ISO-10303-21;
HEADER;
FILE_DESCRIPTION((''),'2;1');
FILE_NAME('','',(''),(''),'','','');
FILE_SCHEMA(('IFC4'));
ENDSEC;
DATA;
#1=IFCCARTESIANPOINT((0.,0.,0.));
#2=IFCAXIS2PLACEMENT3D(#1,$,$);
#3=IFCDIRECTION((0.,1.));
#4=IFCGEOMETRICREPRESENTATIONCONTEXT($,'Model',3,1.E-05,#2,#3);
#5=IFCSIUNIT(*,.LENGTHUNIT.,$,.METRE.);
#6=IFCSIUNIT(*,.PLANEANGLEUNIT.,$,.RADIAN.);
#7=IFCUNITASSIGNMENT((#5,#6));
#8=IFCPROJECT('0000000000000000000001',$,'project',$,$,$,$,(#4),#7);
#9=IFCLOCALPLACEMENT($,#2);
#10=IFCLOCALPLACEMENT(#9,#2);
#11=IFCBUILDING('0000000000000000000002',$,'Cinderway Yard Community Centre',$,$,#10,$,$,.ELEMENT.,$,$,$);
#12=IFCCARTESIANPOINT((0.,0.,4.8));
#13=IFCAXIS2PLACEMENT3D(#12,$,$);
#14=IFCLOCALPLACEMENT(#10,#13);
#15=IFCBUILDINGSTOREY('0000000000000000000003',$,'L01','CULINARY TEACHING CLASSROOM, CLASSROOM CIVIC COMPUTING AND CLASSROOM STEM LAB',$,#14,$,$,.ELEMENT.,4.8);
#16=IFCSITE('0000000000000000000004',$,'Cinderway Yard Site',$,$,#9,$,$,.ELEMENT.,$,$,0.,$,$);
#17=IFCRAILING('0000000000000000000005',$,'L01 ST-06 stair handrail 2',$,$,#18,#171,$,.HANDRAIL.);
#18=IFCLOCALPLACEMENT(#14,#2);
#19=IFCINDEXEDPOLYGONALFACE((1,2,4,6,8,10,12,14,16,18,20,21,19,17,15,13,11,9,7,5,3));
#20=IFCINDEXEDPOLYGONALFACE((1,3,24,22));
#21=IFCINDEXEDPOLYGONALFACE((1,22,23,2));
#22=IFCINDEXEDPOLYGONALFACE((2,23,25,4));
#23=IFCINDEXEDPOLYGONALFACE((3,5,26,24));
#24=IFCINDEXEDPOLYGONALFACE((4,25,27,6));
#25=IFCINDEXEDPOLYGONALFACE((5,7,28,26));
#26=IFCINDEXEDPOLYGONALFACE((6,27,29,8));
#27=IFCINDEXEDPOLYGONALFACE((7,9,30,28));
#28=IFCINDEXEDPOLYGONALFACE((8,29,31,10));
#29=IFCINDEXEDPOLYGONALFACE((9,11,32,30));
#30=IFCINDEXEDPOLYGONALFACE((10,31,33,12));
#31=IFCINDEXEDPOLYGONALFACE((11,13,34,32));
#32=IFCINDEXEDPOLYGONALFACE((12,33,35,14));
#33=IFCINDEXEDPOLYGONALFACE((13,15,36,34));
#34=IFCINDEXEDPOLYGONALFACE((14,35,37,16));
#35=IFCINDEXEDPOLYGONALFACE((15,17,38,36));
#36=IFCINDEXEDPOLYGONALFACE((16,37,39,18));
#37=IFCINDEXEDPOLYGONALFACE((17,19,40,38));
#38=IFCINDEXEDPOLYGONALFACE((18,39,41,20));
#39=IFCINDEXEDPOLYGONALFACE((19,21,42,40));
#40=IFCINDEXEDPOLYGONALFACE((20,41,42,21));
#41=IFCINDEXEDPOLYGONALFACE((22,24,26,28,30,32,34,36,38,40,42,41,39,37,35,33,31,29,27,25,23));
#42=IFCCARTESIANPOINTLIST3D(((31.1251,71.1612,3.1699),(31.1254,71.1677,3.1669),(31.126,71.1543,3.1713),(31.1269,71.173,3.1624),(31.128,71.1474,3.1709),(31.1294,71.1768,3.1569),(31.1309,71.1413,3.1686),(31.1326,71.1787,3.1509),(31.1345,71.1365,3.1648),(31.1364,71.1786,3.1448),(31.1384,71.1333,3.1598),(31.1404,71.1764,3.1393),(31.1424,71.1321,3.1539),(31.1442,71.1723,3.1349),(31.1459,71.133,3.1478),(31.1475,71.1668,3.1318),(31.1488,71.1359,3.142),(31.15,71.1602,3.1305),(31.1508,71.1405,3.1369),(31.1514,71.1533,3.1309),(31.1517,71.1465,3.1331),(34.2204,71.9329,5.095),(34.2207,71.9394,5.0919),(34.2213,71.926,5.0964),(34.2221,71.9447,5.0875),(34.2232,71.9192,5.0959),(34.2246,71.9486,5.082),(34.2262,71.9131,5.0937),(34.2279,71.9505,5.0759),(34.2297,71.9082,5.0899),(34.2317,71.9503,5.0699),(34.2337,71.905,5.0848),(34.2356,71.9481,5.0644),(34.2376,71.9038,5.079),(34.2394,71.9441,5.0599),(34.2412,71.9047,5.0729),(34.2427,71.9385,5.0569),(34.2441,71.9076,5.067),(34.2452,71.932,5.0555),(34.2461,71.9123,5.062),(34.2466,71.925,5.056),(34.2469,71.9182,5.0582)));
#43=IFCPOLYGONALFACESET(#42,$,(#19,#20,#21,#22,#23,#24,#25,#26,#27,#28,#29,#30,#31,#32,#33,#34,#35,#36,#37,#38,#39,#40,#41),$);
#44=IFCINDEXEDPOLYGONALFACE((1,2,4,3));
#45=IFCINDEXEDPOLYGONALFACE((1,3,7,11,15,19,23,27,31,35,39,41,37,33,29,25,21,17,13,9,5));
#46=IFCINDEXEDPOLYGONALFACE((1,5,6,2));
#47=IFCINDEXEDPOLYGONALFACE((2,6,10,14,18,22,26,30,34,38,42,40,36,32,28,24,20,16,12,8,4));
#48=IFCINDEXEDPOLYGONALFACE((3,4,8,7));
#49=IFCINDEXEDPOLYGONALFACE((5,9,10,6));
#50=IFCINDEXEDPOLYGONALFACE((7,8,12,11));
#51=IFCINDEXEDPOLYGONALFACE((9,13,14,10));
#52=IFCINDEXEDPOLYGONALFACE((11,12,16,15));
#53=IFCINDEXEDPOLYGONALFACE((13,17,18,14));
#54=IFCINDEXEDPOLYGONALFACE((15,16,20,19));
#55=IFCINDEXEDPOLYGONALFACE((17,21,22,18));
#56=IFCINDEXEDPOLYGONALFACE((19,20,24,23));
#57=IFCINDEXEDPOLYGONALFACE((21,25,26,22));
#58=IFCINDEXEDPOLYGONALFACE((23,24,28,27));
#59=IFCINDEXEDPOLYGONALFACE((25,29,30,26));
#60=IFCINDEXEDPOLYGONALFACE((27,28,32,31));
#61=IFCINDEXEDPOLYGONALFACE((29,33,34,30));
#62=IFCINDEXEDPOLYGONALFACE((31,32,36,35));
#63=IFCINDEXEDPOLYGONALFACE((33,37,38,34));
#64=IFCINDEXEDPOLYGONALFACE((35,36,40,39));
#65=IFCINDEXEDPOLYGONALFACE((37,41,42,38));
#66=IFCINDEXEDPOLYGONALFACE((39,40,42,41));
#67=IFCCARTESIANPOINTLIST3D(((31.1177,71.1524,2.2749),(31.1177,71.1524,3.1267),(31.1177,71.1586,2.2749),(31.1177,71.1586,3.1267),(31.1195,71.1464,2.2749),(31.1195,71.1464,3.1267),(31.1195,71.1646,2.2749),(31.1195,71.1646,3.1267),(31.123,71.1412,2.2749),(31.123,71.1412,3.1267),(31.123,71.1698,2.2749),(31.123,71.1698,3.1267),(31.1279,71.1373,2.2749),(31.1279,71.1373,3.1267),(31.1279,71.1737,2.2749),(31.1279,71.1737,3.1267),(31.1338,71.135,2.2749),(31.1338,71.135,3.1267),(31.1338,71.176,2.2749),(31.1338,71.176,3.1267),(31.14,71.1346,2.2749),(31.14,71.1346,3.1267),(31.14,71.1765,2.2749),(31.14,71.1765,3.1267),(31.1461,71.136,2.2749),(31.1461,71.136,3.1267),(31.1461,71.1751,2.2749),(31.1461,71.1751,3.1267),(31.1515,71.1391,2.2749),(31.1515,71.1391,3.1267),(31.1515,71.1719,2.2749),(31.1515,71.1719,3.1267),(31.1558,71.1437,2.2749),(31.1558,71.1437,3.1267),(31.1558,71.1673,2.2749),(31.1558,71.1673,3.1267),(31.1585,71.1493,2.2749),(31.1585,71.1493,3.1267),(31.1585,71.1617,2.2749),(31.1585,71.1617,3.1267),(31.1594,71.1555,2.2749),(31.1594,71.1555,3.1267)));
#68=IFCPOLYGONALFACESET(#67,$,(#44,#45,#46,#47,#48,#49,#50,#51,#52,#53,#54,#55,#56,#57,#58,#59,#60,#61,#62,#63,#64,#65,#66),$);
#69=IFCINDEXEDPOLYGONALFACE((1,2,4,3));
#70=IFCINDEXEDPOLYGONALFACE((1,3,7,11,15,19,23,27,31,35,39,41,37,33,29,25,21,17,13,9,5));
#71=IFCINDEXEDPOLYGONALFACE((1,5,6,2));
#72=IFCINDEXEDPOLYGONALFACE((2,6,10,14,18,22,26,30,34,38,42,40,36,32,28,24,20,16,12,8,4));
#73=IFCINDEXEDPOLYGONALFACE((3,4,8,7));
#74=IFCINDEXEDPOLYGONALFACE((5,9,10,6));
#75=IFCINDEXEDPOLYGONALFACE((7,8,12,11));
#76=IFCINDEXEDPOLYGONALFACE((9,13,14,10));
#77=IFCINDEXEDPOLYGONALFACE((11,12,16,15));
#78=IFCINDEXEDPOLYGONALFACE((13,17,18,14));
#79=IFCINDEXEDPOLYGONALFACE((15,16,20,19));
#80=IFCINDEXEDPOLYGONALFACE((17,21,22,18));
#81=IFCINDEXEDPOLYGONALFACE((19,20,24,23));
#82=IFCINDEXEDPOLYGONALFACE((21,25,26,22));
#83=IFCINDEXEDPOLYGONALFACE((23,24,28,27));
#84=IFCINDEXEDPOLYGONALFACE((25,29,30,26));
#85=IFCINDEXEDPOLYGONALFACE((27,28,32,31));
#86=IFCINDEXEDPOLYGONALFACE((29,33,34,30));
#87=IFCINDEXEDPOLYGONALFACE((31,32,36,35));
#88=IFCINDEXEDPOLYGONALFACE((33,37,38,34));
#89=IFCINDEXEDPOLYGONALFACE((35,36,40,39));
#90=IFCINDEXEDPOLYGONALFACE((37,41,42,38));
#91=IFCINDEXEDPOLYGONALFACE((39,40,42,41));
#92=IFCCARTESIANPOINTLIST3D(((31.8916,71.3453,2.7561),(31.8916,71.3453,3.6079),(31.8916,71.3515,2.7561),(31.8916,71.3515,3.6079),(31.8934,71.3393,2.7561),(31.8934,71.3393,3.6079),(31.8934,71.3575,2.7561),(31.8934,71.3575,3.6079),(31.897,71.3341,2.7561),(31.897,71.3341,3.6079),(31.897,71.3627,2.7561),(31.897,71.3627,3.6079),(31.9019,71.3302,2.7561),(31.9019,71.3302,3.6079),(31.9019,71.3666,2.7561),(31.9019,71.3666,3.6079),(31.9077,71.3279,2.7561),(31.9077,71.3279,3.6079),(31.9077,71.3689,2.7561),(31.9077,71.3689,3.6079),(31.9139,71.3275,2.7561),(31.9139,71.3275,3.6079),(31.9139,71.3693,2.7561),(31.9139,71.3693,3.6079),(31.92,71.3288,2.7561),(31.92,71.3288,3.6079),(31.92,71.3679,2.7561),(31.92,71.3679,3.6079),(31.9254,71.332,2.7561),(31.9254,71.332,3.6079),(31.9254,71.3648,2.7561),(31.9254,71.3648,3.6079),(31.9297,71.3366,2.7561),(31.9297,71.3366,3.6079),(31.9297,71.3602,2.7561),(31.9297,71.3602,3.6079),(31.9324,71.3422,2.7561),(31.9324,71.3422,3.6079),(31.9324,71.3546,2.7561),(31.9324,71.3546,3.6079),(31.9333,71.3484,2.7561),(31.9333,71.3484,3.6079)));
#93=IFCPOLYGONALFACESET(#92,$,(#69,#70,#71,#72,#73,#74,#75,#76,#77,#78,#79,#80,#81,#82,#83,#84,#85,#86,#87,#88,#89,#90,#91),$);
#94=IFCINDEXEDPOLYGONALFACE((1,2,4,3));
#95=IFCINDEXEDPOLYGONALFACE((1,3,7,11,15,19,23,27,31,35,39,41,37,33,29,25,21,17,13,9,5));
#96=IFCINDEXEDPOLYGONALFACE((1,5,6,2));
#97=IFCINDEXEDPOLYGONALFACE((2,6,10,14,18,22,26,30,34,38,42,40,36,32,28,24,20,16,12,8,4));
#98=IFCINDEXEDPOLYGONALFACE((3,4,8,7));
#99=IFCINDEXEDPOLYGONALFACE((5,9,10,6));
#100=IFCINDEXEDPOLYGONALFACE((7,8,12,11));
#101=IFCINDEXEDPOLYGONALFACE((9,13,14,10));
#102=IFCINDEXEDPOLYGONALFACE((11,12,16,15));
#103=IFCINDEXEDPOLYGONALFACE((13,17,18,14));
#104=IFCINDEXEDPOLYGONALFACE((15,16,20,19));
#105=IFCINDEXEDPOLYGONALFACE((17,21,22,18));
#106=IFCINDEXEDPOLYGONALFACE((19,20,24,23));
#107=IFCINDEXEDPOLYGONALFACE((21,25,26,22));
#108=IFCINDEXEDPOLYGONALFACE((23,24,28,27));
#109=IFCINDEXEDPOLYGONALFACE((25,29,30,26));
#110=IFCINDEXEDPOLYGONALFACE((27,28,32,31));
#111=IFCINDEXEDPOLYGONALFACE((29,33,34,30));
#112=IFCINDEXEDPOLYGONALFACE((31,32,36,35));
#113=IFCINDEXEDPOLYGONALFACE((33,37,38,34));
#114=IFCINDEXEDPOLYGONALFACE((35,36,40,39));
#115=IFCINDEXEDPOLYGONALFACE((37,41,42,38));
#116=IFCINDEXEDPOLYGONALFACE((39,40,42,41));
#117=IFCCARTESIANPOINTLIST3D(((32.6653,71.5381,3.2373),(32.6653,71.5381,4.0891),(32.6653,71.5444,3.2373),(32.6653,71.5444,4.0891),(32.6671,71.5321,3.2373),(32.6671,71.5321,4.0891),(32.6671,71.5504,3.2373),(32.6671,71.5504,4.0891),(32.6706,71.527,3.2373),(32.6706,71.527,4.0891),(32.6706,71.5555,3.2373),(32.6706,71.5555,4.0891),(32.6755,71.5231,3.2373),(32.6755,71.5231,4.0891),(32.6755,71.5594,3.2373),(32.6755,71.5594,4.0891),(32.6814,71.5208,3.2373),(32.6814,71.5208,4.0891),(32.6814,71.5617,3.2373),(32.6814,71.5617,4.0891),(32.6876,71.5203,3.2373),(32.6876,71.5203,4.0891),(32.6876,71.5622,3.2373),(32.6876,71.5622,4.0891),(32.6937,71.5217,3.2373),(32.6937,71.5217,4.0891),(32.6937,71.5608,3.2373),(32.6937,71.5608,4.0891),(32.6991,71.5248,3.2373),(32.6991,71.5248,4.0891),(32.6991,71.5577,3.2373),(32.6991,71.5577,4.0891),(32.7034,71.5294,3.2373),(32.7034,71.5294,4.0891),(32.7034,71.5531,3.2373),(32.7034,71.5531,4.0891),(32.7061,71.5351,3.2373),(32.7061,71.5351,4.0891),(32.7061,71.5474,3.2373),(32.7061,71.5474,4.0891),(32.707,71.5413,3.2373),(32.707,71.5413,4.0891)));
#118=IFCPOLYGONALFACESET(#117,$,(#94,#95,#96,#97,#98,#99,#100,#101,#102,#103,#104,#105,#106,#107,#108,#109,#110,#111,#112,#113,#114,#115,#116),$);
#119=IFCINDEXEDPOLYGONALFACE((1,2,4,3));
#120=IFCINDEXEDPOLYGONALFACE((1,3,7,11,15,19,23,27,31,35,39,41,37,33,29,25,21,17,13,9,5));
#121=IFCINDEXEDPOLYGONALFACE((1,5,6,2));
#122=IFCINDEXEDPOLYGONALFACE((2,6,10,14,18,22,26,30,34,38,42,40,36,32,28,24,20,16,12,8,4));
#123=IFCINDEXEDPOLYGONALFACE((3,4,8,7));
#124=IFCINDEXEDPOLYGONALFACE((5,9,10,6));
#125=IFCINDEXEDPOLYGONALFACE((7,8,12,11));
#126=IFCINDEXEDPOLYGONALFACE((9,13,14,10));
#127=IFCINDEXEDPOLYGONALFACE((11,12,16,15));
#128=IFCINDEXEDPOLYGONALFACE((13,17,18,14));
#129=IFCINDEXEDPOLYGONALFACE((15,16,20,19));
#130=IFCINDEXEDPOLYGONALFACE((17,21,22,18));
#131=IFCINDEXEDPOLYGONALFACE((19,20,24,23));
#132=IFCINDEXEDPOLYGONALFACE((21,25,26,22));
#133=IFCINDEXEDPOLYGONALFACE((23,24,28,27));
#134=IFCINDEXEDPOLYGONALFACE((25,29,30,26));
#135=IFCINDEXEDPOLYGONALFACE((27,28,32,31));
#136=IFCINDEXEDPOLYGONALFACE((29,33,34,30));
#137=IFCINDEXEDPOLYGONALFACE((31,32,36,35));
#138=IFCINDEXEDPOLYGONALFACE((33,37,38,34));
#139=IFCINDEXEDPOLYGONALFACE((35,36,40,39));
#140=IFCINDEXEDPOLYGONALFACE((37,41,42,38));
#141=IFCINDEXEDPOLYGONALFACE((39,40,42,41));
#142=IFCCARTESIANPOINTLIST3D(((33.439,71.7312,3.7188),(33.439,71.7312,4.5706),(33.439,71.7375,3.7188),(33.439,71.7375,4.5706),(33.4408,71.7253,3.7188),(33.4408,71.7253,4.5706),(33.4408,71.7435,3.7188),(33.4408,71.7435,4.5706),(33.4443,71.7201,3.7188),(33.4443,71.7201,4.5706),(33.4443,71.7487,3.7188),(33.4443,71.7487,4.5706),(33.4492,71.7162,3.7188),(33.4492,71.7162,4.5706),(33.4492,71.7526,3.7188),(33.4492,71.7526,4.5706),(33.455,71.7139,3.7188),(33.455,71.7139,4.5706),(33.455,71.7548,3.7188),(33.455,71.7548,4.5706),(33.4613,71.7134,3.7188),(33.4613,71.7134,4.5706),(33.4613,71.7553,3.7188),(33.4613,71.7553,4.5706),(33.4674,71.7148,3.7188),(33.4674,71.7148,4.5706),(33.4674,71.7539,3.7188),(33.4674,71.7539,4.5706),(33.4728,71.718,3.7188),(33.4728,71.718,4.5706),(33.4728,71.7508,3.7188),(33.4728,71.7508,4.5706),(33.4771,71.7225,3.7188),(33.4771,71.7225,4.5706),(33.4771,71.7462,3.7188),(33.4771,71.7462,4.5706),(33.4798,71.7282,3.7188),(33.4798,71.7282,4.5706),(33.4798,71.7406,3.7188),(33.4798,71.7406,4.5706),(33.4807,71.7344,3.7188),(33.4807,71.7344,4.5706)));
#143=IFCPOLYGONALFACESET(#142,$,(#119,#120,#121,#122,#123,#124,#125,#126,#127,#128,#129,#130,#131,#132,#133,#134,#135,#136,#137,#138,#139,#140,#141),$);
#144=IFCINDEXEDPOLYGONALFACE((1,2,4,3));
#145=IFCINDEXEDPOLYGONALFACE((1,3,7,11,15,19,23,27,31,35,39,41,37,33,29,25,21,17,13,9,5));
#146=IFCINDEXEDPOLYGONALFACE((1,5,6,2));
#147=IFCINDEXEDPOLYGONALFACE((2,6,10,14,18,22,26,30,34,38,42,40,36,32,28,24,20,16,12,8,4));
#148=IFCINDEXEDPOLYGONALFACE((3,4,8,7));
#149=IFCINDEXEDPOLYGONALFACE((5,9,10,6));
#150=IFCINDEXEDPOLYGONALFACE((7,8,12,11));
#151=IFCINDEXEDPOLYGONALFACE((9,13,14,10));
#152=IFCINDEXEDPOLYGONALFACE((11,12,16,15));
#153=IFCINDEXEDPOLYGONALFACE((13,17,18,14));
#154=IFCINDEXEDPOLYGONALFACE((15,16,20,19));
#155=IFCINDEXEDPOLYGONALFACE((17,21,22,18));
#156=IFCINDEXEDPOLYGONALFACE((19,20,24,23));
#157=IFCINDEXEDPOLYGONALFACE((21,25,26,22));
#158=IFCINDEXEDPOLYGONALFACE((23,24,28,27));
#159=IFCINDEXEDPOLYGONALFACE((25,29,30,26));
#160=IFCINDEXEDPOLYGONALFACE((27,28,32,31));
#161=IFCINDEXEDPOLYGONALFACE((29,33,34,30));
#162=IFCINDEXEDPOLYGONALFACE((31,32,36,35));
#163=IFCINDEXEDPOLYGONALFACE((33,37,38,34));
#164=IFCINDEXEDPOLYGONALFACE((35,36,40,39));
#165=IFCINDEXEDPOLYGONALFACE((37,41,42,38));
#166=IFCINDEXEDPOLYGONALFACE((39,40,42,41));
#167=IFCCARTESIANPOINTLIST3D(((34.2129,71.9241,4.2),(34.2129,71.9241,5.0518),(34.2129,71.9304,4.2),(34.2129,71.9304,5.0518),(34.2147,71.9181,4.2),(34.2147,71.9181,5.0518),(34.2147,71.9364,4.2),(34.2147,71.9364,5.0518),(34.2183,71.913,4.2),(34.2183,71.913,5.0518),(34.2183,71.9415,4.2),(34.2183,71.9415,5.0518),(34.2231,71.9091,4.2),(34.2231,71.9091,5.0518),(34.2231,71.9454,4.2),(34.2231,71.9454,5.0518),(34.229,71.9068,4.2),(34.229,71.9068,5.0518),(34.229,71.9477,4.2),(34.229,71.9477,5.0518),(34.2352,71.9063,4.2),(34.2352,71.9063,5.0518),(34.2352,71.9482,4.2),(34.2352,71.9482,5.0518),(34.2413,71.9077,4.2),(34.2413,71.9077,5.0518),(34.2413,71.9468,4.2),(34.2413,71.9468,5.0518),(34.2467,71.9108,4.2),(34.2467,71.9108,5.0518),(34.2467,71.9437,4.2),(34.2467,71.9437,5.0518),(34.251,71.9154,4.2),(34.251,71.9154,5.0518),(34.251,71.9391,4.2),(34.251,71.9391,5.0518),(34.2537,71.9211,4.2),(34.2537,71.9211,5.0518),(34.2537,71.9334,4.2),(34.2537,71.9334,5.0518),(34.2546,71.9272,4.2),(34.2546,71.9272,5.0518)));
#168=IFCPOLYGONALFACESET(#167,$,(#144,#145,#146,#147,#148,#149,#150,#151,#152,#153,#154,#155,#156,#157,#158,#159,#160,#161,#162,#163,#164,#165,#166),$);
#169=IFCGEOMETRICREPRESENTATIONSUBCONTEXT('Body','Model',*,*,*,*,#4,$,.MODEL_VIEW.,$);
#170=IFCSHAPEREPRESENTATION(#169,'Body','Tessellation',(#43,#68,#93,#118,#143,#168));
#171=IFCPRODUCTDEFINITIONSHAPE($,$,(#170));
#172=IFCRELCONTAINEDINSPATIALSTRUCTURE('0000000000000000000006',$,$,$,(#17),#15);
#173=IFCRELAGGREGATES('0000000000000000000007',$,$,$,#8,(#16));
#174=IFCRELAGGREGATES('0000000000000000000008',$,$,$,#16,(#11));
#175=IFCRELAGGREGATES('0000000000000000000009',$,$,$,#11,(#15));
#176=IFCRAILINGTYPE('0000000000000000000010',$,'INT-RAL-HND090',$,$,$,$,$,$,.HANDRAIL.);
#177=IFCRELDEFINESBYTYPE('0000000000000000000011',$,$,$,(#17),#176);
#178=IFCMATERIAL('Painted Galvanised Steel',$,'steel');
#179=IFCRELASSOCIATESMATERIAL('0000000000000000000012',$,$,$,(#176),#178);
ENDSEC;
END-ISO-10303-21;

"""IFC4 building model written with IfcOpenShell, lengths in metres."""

from ifc_helpers import new_model, si_unit, direction, frame, origin, origin_2d, place, context, subcontext, project, spatial, circle, extrude, material, type_object, element, save


model = new_model("IFC4")

# Units and contexts
model_context = context("Model", 3, precision=1e-05, world=origin(), true_north=direction((0.0, 1.0)))
body_context = subcontext(model_context, "Body", "Model", "MODEL_VIEW")
ifc_project = project(units=[si_unit("LENGTHUNIT", "METRE"), si_unit("PLANEANGLEUNIT", "RADIAN")], contexts=[model_context])

# Site, building, storey
site_placement = place(None, origin())
site = spatial("IfcSite", under=ifc_project, at=site_placement, Name="Cinderway Yard Site", CompositionType="ELEMENT", RefElevation=0.0)
building_placement = place(site_placement, origin())
building = spatial("IfcBuilding", under=site, at=building_placement, Name="Cinderway Yard Community Centre", CompositionType="ELEMENT")
storey_placement = place(building_placement, frame((0.0, 0.0, 4.8)))
storey = spatial("IfcBuildingStorey", under=building, at=storey_placement, Name="L01", Description="CULINARY TEACHING CLASSROOM, CLASSROOM CIVIC COMPUTING AND CLASSROOM STEM LAB", CompositionType="ELEMENT", Elevation=4.8)

# Railing
ifc_material_1 = material(Name="Painted Galvanised Steel", Category="steel")
railing_type_1 = type_object("IfcRailingType", Name="INT-RAL-HND090", PredefinedType="HANDRAIL", material=ifc_material_1)
railing_1_placement = place(storey_placement, frame((31.1384, 71.1555, 2.2749)))
element("IfcRailing", 1, at=railing_1_placement, inside=storey, type_object=railing_type_1, Name="L01 ST-06 stair handrail 2", PredefinedType="HANDRAIL", context=body_context, shape_type="SweptSolid", body=[
    extrude(circle(Radius=0.0239, at=origin_2d()), frame((0.0, 0.0, 0.876), z_axis=(0.830747, 0.20713, 0.516678), x_axis=(-0.241923, 0.970295, 0.0)), (0.0, 0.0, 1.0), 3.7258),
    extrude(circle(Radius=0.021, at=origin_2d()), origin(), (0.0, 0.0, 1.0), 0.8518),
    extrude(circle(Radius=0.021, at=origin_2d()), frame((0.7739, 0.1929, 0.4812)), (0.0, 0.0, 1.0), 0.8518),
    extrude(circle(Radius=0.021, at=origin_2d()), frame((1.5476, 0.3857, 0.9624)), (0.0, 0.0, 1.0), 0.8518),
    extrude(circle(Radius=0.021, at=origin_2d()), frame((2.3213, 0.5789, 1.4438)), (0.0, 0.0, 1.0), 0.8518),
    extrude(circle(Radius=0.021, at=origin_2d()), frame((3.0952, 0.7717, 1.925)), (0.0, 0.0, 1.0), 0.8518),
])

save(model, "model.ifc")
